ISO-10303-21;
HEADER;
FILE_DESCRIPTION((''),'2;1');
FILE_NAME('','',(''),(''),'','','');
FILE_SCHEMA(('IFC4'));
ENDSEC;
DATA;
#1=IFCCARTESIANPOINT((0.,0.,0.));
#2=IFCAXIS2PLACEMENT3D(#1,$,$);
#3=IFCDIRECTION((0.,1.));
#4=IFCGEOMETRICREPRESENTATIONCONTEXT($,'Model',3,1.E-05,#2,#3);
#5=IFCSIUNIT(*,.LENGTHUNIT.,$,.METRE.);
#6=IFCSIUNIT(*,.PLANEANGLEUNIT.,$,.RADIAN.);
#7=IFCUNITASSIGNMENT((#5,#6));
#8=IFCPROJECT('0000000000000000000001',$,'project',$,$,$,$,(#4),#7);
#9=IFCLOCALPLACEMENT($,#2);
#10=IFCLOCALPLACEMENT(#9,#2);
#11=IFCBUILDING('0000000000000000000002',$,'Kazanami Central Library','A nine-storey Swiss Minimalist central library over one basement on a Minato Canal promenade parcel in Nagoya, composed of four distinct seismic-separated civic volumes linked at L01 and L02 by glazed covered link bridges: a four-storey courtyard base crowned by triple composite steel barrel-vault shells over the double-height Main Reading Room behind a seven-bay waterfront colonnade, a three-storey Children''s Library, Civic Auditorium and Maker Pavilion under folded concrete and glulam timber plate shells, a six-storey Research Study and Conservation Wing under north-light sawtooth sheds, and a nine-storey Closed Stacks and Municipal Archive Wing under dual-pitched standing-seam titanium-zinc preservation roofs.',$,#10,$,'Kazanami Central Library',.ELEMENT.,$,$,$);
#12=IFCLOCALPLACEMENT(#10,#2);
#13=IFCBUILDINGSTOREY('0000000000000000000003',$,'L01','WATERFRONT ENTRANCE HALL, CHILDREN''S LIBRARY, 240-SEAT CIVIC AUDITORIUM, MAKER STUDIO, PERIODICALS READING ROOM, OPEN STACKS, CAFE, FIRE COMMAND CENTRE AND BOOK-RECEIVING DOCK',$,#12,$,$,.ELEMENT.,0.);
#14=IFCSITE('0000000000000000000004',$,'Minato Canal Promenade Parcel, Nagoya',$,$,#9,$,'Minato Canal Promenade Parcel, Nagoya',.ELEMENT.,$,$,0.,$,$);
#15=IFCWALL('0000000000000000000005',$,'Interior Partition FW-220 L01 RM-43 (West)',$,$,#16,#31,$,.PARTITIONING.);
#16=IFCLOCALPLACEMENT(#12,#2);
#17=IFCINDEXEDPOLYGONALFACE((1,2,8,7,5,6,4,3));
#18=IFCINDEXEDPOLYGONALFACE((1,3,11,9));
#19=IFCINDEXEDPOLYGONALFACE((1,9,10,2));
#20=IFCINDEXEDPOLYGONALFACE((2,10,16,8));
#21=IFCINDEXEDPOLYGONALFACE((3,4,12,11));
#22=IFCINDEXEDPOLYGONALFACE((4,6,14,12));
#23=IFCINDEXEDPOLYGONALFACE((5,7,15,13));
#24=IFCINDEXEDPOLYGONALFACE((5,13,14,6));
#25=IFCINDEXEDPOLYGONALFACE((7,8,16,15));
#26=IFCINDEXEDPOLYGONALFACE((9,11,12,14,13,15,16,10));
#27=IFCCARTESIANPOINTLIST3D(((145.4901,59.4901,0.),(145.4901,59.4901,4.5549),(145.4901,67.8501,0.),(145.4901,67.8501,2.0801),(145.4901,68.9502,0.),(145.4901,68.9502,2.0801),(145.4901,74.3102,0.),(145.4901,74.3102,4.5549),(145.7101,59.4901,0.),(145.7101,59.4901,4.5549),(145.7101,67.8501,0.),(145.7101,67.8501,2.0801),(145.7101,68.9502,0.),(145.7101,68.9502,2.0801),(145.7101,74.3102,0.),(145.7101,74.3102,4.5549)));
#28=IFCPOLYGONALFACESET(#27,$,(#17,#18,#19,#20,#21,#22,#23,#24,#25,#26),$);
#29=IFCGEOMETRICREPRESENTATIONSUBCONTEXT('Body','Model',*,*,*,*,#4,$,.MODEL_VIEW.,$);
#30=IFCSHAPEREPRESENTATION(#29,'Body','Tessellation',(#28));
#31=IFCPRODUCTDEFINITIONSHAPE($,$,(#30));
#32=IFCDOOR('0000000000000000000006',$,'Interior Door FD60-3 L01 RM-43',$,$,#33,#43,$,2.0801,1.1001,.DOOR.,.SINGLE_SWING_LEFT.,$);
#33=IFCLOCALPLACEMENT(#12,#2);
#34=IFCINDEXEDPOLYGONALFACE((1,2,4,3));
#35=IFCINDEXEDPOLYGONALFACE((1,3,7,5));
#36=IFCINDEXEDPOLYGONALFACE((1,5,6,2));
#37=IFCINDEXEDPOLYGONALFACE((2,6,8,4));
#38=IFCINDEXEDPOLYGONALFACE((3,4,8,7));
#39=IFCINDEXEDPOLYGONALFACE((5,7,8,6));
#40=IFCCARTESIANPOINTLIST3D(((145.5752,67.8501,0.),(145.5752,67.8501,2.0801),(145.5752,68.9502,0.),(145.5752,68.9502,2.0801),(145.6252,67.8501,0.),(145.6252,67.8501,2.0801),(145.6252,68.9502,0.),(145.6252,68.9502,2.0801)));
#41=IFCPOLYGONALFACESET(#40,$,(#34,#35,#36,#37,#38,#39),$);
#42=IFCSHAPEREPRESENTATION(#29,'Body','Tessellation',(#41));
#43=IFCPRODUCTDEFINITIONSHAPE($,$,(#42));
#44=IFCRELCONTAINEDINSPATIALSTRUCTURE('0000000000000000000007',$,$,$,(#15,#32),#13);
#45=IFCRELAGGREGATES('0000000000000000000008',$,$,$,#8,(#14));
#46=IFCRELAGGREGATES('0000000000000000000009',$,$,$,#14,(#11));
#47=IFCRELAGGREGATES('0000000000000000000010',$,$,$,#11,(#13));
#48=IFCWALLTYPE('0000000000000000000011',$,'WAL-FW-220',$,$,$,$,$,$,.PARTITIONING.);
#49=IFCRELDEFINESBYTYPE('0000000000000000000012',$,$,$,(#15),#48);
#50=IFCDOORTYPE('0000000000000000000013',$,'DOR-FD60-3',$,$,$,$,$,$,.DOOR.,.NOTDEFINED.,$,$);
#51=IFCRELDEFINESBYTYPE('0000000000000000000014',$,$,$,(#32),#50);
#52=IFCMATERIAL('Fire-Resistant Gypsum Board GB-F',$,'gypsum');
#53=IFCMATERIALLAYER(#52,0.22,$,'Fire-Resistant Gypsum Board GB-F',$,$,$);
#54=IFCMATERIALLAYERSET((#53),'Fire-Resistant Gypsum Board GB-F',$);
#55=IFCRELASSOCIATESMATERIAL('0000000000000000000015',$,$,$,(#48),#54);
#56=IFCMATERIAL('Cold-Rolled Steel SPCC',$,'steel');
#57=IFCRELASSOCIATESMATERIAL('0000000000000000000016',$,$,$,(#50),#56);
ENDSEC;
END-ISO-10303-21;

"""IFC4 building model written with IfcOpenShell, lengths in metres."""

from ifc_helpers import new_model, si_unit, direction, frame, frame_2d, origin, place, context, subcontext, project, spatial, rectangle, extrude, material, layer, layer_set, type_object, element, fill, save


model = new_model("IFC4")

# Units and contexts
model_context = context("Model", 3, precision=1e-05, world=origin(), true_north=direction((0.0, 1.0)))
body_context = subcontext(model_context, "Body", "Model", "MODEL_VIEW")
ifc_project = project(units=[si_unit("LENGTHUNIT", "METRE"), si_unit("PLANEANGLEUNIT", "RADIAN")], contexts=[model_context])

# Site, building, storey
site_placement = place(None, origin())
site = spatial("IfcSite", under=ifc_project, at=site_placement, Name="Minato Canal Promenade Parcel, Nagoya", LongName="Minato Canal Promenade Parcel, Nagoya", CompositionType="ELEMENT", RefElevation=0.0)
building_placement = place(site_placement, origin())
building = spatial("IfcBuilding", under=site, at=building_placement, Name="Kazanami Central Library", Description="A nine-storey Swiss Minimalist central library over one basement on a Minato Canal promenade parcel in Nagoya, composed of four distinct seismic-separated civic volumes linked at L01 and L02 by glazed covered link bridges: a four-storey courtyard base crowned by triple composite steel barrel-vault shells over the double-height Main Reading Room behind a seven-bay waterfront colonnade, a three-storey Children's Library, Civic Auditorium and Maker Pavilion under folded concrete and glulam timber plate shells, a six-storey Research Study and Conservation Wing under north-light sawtooth sheds, and a nine-storey Closed Stacks and Municipal Archive Wing under dual-pitched standing-seam titanium-zinc preservation roofs.", LongName="Kazanami Central Library", CompositionType="ELEMENT")
storey_placement = place(building_placement, origin())
storey = spatial("IfcBuildingStorey", under=building, at=storey_placement, Name="L01", Description="WATERFRONT ENTRANCE HALL, CHILDREN'S LIBRARY, 240-SEAT CIVIC AUDITORIUM, MAKER STUDIO, PERIODICALS READING ROOM, OPEN STACKS, CAFE, FIRE COMMAND CENTRE AND BOOK-RECEIVING DOCK", CompositionType="ELEMENT", Elevation=0.0)

# Wall, opening, door
ifc_material_1 = material(Name="Fire-Resistant Gypsum Board GB-F", Category="gypsum")
ifc_layer_1 = layer(ifc_material_1, 0.22, Name="Fire-Resistant Gypsum Board GB-F")
ifc_layer_set_1 = layer_set([ifc_layer_1], Name="Fire-Resistant Gypsum Board GB-F")
wall_type_1 = type_object("IfcWallType", Name="WAL-FW-220", PredefinedType="PARTITIONING", material=ifc_layer_set_1)
wall_1_placement = place(storey_placement, frame((145.6001, 59.49, 0.0), z_axis=(0.0, 0.0, 1.0), x_axis=(0.0, 1.0, 0.0)))
wall_1 = element("IfcWall", 1, at=wall_1_placement, inside=storey, type_object=wall_type_1, Name="Interior Partition FW-220 L01 RM-43 (West)", PredefinedType="PARTITIONING", context=body_context, shape_type="SweptSolid", body=[
    extrude(rectangle(XDim=14.8201, YDim=0.22, at=frame_2d((7.4102, 0.0))), origin(), (0.0, 0.0, 1.0), 4.5549),
])
opening_1_placement = place(wall_1_placement, frame((8.3601, 0.0, 0.0)))
opening_1 = element("IfcOpeningElement", 2, at=opening_1_placement, cuts=wall_1, PredefinedType="OPENING", context=body_context, shape_type="SweptSolid", body=[
    extrude(rectangle(XDim=1.1001, YDim=2.0801, at=frame_2d((0.55, 1.04))), frame((0.0, 0.1221, 0.0), z_axis=(0.0, -1.0, 0.0), x_axis=(1.0, 0.0, 0.0)), (0.0, 0.0, 1.0), 0.2439),
])
ifc_material_2 = material(Name="Cold-Rolled Steel SPCC", Category="steel")
door_type_1 = type_object("IfcDoorType", Name="DOR-FD60-3", OperationType="NOTDEFINED", PredefinedType="DOOR", material=ifc_material_2)
door_1_placement = place(opening_1_placement, origin())
door_1 = element("IfcDoor", 3, at=door_1_placement, inside=storey, type_object=door_type_1, Name="Interior Door FD60-3 L01 RM-43", OperationType="SINGLE_SWING_LEFT", OverallHeight=2.0801, OverallWidth=1.1001, PredefinedType="DOOR", context=body_context, shape_type="SweptSolid", body=[
    extrude(rectangle(XDim=1.1001, YDim=2.0801, at=frame_2d((0.55, 1.04))), frame((0.0, 0.0249, 0.0), z_axis=(0.0, -1.0, 0.0), x_axis=(1.0, 0.0, 0.0)), (0.0, 0.0, 1.0), 0.05),
])
fill(opening_1, door_1)

save(model, "model.ifc")
